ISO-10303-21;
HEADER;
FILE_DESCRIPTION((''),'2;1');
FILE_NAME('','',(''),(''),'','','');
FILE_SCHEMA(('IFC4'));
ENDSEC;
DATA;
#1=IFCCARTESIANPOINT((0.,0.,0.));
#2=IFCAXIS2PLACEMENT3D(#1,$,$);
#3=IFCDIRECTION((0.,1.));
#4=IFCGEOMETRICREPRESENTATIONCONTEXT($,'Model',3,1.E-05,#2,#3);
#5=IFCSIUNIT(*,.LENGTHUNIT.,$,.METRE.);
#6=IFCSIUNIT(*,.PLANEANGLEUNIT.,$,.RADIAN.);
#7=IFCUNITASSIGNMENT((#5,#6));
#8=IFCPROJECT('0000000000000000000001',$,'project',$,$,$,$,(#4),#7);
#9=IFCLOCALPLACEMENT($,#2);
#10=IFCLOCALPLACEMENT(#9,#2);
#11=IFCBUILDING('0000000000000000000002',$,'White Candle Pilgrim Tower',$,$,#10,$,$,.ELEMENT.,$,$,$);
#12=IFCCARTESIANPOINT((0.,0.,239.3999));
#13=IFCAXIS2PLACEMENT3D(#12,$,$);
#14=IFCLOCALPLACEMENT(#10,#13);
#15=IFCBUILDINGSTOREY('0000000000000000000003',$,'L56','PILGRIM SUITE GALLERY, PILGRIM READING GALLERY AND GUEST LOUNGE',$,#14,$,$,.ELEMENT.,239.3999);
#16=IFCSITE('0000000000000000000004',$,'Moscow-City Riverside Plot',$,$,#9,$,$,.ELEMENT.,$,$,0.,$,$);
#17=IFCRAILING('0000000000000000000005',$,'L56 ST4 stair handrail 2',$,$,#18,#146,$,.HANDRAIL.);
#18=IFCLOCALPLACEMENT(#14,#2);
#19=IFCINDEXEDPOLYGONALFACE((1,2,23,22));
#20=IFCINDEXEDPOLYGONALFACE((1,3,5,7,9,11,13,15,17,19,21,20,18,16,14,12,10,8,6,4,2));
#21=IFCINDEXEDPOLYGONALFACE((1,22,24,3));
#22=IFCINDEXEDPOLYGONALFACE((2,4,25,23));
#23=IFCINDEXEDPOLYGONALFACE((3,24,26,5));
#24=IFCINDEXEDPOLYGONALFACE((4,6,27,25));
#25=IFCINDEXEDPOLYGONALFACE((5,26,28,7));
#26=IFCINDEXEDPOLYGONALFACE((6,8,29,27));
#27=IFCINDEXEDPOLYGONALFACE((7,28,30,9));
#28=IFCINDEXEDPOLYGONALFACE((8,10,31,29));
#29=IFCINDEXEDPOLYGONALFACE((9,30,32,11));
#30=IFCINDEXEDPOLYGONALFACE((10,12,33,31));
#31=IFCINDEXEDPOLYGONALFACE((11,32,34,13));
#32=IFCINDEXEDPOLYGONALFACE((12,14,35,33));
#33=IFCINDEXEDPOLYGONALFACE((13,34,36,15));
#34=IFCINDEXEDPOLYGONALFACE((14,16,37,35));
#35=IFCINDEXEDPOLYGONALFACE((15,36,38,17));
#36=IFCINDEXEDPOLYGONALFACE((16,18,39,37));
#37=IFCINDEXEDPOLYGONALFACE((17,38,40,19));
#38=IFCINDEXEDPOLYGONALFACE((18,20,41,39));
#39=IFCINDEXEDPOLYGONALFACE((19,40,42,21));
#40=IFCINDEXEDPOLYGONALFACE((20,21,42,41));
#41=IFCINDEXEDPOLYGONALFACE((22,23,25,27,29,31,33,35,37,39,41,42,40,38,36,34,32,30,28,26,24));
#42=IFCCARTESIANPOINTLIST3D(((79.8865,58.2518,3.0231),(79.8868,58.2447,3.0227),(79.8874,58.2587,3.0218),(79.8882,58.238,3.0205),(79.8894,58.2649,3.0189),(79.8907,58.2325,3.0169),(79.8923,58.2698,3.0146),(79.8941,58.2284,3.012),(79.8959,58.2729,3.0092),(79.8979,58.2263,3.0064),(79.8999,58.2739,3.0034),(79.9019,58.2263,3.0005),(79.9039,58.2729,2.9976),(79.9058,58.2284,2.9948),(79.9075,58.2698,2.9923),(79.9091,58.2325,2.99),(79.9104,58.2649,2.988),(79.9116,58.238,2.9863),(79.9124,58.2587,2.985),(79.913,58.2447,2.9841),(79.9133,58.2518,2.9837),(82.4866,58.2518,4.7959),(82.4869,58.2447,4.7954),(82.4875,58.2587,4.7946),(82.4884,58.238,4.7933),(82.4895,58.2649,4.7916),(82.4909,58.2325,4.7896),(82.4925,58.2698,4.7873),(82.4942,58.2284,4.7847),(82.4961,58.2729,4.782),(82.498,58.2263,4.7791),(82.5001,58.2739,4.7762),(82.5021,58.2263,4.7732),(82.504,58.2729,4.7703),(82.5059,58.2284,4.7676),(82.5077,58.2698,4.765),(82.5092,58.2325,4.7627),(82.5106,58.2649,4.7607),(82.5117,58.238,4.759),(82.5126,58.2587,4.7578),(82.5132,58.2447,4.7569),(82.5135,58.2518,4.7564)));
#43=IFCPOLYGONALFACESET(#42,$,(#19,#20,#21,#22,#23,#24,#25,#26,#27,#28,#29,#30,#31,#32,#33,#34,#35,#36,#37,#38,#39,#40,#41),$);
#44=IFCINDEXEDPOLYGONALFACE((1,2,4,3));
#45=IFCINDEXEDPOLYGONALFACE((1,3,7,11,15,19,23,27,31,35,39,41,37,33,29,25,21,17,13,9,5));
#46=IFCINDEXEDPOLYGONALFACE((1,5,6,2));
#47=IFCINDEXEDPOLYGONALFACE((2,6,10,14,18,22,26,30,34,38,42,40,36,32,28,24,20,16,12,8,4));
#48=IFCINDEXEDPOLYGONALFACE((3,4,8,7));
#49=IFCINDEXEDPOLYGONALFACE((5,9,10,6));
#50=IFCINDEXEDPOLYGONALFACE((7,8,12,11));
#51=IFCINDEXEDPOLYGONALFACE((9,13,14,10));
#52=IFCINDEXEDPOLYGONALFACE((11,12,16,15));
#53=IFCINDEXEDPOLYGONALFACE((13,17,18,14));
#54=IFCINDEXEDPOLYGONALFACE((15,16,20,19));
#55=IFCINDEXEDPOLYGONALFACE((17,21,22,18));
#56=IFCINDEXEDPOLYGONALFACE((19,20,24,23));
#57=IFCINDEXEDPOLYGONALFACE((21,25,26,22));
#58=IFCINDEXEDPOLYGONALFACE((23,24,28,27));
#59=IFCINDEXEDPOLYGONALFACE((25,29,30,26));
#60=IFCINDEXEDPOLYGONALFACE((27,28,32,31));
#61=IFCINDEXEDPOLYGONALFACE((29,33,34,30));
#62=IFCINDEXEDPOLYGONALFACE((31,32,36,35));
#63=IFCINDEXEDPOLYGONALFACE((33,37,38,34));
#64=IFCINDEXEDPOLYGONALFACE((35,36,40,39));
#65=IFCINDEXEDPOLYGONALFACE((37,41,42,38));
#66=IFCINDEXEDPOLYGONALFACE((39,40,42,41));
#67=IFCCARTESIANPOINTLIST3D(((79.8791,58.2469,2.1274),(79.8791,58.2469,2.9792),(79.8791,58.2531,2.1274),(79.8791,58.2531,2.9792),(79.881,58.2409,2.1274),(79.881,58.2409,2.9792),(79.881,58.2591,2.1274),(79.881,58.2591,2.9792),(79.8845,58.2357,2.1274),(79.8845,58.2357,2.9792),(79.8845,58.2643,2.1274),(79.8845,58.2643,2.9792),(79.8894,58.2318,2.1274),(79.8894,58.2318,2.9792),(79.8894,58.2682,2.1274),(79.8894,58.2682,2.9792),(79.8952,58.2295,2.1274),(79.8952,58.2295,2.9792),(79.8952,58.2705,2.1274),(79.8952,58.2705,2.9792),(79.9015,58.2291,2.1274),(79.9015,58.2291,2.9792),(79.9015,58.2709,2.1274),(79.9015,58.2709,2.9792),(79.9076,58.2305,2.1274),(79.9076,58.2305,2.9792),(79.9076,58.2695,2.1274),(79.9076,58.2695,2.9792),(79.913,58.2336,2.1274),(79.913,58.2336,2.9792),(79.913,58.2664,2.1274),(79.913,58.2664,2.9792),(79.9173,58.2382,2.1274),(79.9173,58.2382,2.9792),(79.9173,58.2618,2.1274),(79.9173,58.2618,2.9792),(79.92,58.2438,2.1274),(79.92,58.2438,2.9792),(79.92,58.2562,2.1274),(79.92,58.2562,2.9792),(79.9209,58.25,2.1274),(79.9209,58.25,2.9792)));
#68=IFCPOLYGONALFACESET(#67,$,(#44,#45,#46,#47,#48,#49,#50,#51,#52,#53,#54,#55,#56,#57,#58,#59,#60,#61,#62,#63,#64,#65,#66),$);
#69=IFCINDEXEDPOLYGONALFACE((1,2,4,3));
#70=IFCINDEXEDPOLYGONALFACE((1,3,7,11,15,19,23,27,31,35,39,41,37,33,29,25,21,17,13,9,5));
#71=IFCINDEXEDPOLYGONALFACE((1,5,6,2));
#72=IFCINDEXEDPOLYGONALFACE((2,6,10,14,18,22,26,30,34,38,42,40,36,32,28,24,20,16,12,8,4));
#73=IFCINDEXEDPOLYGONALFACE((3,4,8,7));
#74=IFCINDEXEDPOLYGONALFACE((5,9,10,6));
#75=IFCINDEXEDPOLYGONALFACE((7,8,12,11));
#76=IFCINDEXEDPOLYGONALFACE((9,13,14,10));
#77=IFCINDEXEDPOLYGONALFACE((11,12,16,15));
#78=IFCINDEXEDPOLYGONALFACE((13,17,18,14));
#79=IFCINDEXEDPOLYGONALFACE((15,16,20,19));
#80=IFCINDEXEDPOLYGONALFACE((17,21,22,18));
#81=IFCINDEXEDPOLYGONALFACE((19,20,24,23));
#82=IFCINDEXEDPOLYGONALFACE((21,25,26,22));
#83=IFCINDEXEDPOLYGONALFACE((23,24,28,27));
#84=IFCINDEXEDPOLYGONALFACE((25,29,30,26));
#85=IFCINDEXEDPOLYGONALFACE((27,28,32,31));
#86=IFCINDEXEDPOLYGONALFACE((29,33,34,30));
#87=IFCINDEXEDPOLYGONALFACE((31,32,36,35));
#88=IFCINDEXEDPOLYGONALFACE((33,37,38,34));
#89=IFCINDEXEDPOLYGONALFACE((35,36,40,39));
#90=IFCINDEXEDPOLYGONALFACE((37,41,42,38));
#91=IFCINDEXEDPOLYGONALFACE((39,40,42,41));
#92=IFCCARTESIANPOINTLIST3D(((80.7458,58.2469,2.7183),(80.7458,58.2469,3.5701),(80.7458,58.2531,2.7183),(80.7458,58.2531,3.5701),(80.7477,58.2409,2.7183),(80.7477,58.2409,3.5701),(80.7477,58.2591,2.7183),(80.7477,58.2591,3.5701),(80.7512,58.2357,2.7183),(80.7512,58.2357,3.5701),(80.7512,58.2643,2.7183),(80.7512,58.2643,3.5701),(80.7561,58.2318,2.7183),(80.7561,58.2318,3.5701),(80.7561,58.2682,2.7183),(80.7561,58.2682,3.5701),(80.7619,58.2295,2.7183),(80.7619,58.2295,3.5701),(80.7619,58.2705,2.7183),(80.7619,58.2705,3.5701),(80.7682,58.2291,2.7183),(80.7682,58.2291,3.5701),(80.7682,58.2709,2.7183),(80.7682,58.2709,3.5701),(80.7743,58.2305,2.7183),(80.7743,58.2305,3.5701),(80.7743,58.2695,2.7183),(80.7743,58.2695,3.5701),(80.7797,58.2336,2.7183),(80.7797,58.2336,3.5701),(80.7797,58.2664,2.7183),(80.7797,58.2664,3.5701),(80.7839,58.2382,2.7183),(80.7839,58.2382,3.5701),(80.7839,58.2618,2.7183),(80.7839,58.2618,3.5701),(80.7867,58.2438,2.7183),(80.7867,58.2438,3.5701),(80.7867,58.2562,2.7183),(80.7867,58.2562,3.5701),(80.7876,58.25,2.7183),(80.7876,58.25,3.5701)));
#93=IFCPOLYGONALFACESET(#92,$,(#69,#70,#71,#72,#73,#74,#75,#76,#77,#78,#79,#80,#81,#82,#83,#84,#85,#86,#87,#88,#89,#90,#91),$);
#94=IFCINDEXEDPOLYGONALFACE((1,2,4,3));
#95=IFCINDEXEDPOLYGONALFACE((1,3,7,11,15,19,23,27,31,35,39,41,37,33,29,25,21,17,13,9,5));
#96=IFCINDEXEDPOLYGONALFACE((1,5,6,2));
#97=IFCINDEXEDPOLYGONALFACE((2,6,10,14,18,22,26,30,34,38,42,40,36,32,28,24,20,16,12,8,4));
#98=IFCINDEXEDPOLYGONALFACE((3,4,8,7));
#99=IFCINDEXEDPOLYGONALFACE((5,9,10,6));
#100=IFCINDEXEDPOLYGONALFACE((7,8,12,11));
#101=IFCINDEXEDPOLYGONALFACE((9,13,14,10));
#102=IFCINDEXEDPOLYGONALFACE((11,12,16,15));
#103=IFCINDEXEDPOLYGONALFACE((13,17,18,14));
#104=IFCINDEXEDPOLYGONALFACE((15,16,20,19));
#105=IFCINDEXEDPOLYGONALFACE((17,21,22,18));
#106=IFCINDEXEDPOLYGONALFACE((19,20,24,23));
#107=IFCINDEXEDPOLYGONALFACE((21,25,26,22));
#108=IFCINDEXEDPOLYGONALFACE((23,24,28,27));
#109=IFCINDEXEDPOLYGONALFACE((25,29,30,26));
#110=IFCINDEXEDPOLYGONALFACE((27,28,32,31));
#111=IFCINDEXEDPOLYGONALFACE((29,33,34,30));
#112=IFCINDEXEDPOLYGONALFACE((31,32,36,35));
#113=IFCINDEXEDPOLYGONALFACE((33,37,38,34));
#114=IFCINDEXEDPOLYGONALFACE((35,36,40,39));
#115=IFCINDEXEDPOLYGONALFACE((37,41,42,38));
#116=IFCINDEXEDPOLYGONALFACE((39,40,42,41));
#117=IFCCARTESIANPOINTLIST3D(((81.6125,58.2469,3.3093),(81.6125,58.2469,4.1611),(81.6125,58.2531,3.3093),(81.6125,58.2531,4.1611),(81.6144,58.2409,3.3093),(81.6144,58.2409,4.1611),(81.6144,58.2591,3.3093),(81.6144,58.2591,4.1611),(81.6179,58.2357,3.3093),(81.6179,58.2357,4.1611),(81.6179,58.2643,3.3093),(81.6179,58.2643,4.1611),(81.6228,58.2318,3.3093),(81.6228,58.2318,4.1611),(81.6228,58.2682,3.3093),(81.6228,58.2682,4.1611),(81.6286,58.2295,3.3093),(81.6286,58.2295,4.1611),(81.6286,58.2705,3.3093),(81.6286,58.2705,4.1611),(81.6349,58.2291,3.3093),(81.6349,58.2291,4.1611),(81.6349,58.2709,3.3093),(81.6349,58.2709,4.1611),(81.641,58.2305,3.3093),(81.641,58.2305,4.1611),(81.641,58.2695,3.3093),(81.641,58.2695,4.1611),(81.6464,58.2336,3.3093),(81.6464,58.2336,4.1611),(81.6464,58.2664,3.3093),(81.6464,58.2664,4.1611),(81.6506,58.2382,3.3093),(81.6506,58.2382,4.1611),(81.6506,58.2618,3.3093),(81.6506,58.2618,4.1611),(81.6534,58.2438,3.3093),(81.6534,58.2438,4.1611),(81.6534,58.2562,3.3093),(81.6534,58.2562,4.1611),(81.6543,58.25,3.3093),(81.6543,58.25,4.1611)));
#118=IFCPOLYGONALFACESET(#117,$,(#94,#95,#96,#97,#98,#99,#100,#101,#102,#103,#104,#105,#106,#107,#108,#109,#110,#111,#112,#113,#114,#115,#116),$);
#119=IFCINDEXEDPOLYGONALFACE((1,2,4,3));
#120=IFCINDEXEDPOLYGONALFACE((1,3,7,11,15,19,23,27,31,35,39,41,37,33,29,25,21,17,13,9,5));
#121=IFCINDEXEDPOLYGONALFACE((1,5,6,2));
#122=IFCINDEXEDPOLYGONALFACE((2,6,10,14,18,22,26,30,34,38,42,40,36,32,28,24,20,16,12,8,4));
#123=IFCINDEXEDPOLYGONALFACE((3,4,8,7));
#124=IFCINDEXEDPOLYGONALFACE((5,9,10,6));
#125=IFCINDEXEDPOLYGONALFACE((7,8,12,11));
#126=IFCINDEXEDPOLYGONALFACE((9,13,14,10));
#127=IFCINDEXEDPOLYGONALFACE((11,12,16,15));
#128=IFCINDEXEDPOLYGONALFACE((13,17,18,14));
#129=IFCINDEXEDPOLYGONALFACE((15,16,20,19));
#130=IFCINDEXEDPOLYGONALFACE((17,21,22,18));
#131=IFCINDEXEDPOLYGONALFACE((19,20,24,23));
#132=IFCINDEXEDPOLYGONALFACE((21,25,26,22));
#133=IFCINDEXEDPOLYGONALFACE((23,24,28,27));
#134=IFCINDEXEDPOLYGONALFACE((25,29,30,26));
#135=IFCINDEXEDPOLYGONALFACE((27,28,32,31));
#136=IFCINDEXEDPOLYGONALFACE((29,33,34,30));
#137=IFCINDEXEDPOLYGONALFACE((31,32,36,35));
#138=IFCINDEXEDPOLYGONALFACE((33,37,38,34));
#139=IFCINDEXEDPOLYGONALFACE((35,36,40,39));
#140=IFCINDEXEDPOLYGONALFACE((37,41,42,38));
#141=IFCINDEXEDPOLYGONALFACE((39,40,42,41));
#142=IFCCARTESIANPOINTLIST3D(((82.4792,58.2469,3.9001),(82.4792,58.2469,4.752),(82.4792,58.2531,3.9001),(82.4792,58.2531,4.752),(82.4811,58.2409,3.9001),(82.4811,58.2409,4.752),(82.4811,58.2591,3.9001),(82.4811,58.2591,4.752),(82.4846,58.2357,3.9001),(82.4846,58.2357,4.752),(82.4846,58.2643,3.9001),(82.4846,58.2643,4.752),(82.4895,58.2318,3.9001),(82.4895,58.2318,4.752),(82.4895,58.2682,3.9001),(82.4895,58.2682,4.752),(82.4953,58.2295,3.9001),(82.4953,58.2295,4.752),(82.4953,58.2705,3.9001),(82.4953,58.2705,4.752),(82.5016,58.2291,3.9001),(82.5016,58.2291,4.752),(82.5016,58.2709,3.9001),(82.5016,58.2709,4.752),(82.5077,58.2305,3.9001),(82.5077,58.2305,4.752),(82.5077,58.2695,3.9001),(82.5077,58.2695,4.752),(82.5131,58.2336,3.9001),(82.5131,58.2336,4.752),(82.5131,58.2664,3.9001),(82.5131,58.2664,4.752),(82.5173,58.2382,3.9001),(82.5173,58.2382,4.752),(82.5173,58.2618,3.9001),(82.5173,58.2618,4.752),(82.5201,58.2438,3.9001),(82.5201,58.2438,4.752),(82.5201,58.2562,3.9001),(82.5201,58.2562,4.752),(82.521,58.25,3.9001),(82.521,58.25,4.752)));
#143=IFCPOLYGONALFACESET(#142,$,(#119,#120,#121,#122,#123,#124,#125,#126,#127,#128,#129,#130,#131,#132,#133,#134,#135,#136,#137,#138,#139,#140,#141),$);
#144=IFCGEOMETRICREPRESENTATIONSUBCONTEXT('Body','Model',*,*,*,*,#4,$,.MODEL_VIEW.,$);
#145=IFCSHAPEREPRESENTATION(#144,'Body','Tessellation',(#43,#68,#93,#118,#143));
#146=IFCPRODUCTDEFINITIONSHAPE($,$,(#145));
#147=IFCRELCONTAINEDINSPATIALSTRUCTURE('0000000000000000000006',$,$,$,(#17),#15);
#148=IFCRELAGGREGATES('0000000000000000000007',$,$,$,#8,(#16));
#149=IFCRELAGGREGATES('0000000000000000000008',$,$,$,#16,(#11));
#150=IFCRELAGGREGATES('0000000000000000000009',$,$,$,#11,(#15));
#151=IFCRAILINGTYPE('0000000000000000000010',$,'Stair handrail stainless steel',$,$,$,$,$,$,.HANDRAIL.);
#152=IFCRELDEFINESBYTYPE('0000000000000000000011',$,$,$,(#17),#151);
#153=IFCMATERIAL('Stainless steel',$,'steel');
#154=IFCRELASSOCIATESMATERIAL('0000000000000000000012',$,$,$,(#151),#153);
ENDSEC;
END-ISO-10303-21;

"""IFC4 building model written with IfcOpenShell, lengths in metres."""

from ifc_helpers import new_model, si_unit, direction, frame, origin, origin_2d, place, context, subcontext, project, spatial, circle, extrude, material, type_object, element, save


model = new_model("IFC4")

# Units and contexts
model_context = context("Model", 3, precision=1e-05, world=origin(), true_north=direction((0.0, 1.0)))
body_context = subcontext(model_context, "Body", "Model", "MODEL_VIEW")
ifc_project = project(units=[si_unit("LENGTHUNIT", "METRE"), si_unit("PLANEANGLEUNIT", "RADIAN")], contexts=[model_context])

# Site, building, storey
site_placement = place(None, origin())
site = spatial("IfcSite", under=ifc_project, at=site_placement, Name="Moscow-City Riverside Plot", CompositionType="ELEMENT", RefElevation=0.0)
building_placement = place(site_placement, origin())
building = spatial("IfcBuilding", under=site, at=building_placement, Name="White Candle Pilgrim Tower", CompositionType="ELEMENT")
storey_placement = place(building_placement, frame((0.0, 0.0, 239.3999)))
storey = spatial("IfcBuildingStorey", under=building, at=storey_placement, Name="L56", Description="PILGRIM SUITE GALLERY, PILGRIM READING GALLERY AND GUEST LOUNGE", CompositionType="ELEMENT", Elevation=239.3999)

# Railing
ifc_material_1 = material(Name="Stainless steel", Category="steel")
railing_type_1 = type_object("IfcRailingType", Name="Stair handrail stainless steel", PredefinedType="HANDRAIL", material=ifc_material_1)
railing_1_placement = place(storey_placement, frame((79.8999, 58.25, 2.1274)))
element("IfcRailing", 1, at=railing_1_placement, inside=storey, type_object=railing_type_1, Name="L56 ST4 stair handrail 2", PredefinedType="HANDRAIL", context=body_context, shape_type="SweptSolid", body=[
    extrude(circle(Radius=0.0239, at=origin_2d()), frame((0.0, 0.0, 0.876), z_axis=(0.82624, 0.0, 0.563318), x_axis=(0.0, 1.0, 0.0)), (0.0, 0.0, 1.0), 3.147),
    extrude(circle(Radius=0.021, at=origin_2d()), origin(), (0.0, 0.0, 1.0), 0.8518),
    extrude(circle(Radius=0.021, at=origin_2d()), frame((0.8667, 0.0, 0.5908)), (0.0, 0.0, 1.0), 0.8518),
    extrude(circle(Radius=0.021, at=origin_2d()), frame((1.7334, 0.0, 1.1819)), (0.0, 0.0, 1.0), 0.8518),
    extrude(circle(Radius=0.021, at=origin_2d()), frame((2.6001, 0.0, 1.7727)), (0.0, 0.0, 1.0), 0.8518),
])

save(model, "model.ifc")
